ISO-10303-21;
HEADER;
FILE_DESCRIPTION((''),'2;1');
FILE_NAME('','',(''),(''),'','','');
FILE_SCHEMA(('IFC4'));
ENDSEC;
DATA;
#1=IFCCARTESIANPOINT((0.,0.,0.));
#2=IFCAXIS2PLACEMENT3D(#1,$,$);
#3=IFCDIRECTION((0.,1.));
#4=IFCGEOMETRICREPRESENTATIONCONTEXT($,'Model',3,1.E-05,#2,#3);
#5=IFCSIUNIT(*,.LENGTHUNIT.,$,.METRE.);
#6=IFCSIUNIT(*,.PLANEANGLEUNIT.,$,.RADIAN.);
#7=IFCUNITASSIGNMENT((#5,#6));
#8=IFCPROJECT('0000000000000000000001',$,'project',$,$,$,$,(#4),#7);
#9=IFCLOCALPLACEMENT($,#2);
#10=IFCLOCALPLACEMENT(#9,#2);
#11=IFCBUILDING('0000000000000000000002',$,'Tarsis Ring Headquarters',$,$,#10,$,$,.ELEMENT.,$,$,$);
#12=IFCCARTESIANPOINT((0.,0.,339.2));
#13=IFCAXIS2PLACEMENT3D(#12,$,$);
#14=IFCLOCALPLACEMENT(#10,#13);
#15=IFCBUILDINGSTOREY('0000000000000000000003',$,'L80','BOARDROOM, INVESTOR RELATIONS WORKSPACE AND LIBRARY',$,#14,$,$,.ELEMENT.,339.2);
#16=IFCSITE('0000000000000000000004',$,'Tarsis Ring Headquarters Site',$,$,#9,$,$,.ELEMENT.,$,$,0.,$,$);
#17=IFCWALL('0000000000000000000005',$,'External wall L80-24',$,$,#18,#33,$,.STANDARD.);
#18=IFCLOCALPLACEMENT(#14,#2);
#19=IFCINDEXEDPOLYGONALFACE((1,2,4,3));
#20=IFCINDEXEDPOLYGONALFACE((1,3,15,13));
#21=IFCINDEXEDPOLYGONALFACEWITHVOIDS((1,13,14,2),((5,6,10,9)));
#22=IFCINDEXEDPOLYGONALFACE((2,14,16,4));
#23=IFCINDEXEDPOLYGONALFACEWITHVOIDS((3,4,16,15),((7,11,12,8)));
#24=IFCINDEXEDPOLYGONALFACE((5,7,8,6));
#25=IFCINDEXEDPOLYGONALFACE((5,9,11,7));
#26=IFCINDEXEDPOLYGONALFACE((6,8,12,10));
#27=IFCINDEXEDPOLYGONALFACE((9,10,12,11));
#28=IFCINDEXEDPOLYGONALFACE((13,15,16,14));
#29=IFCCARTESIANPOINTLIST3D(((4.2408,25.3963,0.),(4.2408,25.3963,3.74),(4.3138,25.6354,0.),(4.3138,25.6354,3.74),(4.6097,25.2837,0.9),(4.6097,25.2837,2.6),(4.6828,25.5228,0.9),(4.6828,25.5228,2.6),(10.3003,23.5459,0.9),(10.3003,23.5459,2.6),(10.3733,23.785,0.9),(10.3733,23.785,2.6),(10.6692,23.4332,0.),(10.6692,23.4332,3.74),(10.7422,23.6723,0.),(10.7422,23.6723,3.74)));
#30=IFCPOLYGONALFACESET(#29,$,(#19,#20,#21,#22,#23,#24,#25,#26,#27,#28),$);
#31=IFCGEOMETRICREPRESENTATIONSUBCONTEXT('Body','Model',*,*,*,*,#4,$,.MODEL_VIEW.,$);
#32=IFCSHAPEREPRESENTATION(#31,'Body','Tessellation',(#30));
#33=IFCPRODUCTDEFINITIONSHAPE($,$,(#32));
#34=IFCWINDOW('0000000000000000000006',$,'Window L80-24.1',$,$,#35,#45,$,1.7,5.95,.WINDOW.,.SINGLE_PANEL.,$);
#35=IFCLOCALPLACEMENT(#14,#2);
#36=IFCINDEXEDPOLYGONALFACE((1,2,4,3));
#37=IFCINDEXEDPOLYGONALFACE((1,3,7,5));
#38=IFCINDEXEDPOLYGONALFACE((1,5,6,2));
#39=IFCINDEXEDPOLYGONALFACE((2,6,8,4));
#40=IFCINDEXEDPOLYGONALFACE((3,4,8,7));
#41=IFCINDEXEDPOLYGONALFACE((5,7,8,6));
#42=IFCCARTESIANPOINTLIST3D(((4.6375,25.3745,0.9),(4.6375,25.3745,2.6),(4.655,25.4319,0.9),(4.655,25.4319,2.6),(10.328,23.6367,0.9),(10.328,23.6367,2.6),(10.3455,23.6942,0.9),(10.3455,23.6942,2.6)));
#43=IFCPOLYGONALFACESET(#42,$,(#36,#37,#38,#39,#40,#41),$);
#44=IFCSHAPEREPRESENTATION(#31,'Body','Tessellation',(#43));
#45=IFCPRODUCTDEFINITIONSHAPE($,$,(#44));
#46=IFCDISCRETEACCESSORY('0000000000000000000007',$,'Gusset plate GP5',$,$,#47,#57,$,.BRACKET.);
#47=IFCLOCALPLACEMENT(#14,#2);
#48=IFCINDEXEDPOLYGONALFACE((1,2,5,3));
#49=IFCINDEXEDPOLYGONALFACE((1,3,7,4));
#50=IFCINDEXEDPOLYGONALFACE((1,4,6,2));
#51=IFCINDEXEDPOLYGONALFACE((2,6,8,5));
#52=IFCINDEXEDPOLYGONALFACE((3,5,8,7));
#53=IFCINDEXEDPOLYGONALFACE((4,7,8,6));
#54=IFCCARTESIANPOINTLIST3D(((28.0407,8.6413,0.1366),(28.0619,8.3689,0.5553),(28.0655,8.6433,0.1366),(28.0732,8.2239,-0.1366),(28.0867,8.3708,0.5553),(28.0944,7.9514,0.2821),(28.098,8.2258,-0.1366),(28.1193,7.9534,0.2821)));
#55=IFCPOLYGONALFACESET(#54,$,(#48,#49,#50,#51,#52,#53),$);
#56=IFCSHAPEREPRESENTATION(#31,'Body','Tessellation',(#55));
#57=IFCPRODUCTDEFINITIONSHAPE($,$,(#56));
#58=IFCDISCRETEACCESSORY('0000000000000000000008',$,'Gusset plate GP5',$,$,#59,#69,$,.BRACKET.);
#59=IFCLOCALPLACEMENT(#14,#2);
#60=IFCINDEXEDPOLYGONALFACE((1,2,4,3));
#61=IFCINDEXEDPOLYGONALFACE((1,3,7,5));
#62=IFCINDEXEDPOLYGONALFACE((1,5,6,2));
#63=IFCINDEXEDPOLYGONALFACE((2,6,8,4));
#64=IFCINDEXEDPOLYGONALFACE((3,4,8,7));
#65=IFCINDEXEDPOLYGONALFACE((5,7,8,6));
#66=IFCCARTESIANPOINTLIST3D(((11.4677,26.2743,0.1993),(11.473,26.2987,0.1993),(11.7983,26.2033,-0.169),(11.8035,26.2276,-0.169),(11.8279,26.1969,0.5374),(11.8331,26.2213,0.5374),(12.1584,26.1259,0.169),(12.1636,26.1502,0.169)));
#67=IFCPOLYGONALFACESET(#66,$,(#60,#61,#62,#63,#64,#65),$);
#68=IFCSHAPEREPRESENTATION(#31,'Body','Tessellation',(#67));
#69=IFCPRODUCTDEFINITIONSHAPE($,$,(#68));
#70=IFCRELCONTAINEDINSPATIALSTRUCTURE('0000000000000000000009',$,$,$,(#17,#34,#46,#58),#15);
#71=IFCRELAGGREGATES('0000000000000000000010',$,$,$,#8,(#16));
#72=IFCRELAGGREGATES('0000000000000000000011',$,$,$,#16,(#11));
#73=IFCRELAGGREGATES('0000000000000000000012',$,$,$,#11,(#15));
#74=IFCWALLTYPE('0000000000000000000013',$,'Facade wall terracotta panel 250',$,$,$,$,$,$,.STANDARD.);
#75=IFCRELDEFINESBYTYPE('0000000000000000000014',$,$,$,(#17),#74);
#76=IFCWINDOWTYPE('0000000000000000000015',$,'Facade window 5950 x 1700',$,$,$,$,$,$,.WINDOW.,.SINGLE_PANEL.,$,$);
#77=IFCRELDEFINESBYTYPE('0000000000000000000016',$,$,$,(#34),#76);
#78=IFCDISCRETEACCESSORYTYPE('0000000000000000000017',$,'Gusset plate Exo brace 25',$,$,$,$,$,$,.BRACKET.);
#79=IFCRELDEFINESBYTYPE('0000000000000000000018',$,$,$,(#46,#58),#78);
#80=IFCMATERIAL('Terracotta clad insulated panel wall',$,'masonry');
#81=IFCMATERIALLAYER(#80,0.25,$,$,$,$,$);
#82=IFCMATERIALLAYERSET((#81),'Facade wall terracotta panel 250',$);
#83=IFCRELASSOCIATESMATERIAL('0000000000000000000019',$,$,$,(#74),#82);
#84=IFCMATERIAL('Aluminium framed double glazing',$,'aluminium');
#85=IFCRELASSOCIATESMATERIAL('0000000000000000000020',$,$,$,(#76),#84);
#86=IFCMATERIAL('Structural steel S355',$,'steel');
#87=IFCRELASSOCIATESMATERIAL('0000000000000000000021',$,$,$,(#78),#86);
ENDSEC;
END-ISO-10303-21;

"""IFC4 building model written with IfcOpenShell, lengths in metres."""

from ifc_helpers import new_model, si_unit, direction, frame, frame_2d, origin, origin_2d, place, context, subcontext, project, spatial, rectangle, extrude, material, layer, layer_set, material_profile, profile_set, type_object, element, fill, save


model = new_model("IFC4")

# Units and contexts
model_context = context("Model", 3, precision=1e-05, world=origin(), true_north=direction((0.0, 1.0)))
body_context = subcontext(model_context, "Body", "Model", "MODEL_VIEW")
ifc_project = project(units=[si_unit("LENGTHUNIT", "METRE"), si_unit("PLANEANGLEUNIT", "RADIAN")], contexts=[model_context])

# Site, building, storey
site_placement = place(None, origin())
site = spatial("IfcSite", under=ifc_project, at=site_placement, Name="Tarsis Ring Headquarters Site", CompositionType="ELEMENT", RefElevation=0.0)
building_placement = place(site_placement, origin())
building = spatial("IfcBuilding", under=site, at=building_placement, Name="Tarsis Ring Headquarters", CompositionType="ELEMENT")
storey_placement = place(building_placement, frame((0.0, 0.0, 339.2)))
storey = spatial("IfcBuildingStorey", under=building, at=storey_placement, Name="L80", Description="BOARDROOM, INVESTOR RELATIONS WORKSPACE AND LIBRARY", CompositionType="ELEMENT", Elevation=339.2)

# Shared definitions
ifc_material_1 = material(Name="Structural steel S355", Category="steel")

# Wall, opening, window
ifc_material_2 = material(Name="Terracotta clad insulated panel wall", Category="masonry")
ifc_layer_1 = layer(ifc_material_2, 0.25)
ifc_layer_set_1 = layer_set([ifc_layer_1], Name="Facade wall terracotta panel 250")
wall_type_1 = type_object("IfcWallType", Name="Facade wall terracotta panel 250", PredefinedType="STANDARD", material=ifc_layer_set_1)
ifc_material_3 = material(Name="Aluminium framed double glazing", Category="aluminium")
window_type = type_object("IfcWindowType", Name="Facade window 5950 x 1700", PartitioningType="SINGLE_PANEL", PredefinedType="WINDOW", material=ifc_material_3)
wall_1_placement = place(storey_placement, frame((10.7058, 23.5527, 0.0), z_axis=(0.0, 0.0, 1.0), x_axis=(-0.956398, 0.292066, 0.0)))
wall_1 = element("IfcWall", 1, at=wall_1_placement, inside=storey, type_object=wall_type_1, Name="External wall L80-24", PredefinedType="STANDARD", context=body_context, shape_type="SweptSolid", body=[
    extrude(rectangle(XDim=6.7214, YDim=0.25, at=frame_2d((3.3608, 0.0))), origin(), (0.0, 0.0, 1.0), 3.74),
])
opening_1_placement = place(wall_1_placement, frame((0.3857, 0.0, 0.8999)))
opening_1 = element("IfcOpeningElement", 2, at=opening_1_placement, cuts=wall_1, PredefinedType="OPENING", context=body_context, shape_type="SweptSolid", body=[
    extrude(rectangle(XDim=5.95, YDim=1.7, at=frame_2d((2.9751, 0.8501))), frame((0.0, 0.135, 0.0), z_axis=(0.0, -1.0, 0.0), x_axis=(1.0, 0.0, 0.0)), (0.0, 0.0, 1.0), 0.27),
])
window_1_placement = place(opening_1_placement, origin())
window_1 = element("IfcWindow", 3, at=window_1_placement, inside=storey, type_object=window_type, Name="Window L80-24.1", OverallHeight=1.7, OverallWidth=5.95, PartitioningType="SINGLE_PANEL", PredefinedType="WINDOW", context=body_context, shape_type="SweptSolid", body=[
    extrude(rectangle(XDim=5.95, YDim=1.7, at=frame_2d((2.9751, 0.8501))), frame((0.0, 0.03, 0.0), z_axis=(0.0, -1.0, 0.0), x_axis=(1.0, 0.0, 0.0)), (0.0, 0.0, 1.0), 0.0601),
])
fill(opening_1, window_1)

# Discrete accessories
ifc_material_profile_1 = material_profile(ifc_material_1, rectangle(XDim=0.0249, YDim=0.5, at=origin_2d()), Name="PL 25x500")
ifc_profile_set_1 = profile_set([ifc_material_profile_1], Name="Structural steel S355")
discrete_accessory_type = type_object("IfcDiscreteAccessoryType", Name="Gusset plate Exo brace 25", PredefinedType="BRACKET", material=ifc_profile_set_1)
for number, where, z_axis, x_axis, name in (
    (4, (28.0693, 8.4336, 0.0), (0.042481, -0.544925, 0.837408), (0.996975, 0.077721, 0.0), "Gusset plate GP5"),
    (5, (11.981, 26.1768, 0.0), (-0.661072, 0.142077, 0.736748), (-0.210121, -0.977675, 0.0), "Gusset plate GP5"),
):
    element("IfcDiscreteAccessory", number, at=place(storey_placement, frame(where, z_axis=z_axis, x_axis=x_axis)), inside=storey, type_object=discrete_accessory_type, Name=name, PredefinedType="BRACKET", context=body_context, shape_type="SweptSolid", body=[
        extrude(rectangle(XDim=0.0249, YDim=0.5, at=origin_2d()), origin(), (0.0, 0.0, 1.0), 0.5),
    ])

save(model, "model.ifc")
